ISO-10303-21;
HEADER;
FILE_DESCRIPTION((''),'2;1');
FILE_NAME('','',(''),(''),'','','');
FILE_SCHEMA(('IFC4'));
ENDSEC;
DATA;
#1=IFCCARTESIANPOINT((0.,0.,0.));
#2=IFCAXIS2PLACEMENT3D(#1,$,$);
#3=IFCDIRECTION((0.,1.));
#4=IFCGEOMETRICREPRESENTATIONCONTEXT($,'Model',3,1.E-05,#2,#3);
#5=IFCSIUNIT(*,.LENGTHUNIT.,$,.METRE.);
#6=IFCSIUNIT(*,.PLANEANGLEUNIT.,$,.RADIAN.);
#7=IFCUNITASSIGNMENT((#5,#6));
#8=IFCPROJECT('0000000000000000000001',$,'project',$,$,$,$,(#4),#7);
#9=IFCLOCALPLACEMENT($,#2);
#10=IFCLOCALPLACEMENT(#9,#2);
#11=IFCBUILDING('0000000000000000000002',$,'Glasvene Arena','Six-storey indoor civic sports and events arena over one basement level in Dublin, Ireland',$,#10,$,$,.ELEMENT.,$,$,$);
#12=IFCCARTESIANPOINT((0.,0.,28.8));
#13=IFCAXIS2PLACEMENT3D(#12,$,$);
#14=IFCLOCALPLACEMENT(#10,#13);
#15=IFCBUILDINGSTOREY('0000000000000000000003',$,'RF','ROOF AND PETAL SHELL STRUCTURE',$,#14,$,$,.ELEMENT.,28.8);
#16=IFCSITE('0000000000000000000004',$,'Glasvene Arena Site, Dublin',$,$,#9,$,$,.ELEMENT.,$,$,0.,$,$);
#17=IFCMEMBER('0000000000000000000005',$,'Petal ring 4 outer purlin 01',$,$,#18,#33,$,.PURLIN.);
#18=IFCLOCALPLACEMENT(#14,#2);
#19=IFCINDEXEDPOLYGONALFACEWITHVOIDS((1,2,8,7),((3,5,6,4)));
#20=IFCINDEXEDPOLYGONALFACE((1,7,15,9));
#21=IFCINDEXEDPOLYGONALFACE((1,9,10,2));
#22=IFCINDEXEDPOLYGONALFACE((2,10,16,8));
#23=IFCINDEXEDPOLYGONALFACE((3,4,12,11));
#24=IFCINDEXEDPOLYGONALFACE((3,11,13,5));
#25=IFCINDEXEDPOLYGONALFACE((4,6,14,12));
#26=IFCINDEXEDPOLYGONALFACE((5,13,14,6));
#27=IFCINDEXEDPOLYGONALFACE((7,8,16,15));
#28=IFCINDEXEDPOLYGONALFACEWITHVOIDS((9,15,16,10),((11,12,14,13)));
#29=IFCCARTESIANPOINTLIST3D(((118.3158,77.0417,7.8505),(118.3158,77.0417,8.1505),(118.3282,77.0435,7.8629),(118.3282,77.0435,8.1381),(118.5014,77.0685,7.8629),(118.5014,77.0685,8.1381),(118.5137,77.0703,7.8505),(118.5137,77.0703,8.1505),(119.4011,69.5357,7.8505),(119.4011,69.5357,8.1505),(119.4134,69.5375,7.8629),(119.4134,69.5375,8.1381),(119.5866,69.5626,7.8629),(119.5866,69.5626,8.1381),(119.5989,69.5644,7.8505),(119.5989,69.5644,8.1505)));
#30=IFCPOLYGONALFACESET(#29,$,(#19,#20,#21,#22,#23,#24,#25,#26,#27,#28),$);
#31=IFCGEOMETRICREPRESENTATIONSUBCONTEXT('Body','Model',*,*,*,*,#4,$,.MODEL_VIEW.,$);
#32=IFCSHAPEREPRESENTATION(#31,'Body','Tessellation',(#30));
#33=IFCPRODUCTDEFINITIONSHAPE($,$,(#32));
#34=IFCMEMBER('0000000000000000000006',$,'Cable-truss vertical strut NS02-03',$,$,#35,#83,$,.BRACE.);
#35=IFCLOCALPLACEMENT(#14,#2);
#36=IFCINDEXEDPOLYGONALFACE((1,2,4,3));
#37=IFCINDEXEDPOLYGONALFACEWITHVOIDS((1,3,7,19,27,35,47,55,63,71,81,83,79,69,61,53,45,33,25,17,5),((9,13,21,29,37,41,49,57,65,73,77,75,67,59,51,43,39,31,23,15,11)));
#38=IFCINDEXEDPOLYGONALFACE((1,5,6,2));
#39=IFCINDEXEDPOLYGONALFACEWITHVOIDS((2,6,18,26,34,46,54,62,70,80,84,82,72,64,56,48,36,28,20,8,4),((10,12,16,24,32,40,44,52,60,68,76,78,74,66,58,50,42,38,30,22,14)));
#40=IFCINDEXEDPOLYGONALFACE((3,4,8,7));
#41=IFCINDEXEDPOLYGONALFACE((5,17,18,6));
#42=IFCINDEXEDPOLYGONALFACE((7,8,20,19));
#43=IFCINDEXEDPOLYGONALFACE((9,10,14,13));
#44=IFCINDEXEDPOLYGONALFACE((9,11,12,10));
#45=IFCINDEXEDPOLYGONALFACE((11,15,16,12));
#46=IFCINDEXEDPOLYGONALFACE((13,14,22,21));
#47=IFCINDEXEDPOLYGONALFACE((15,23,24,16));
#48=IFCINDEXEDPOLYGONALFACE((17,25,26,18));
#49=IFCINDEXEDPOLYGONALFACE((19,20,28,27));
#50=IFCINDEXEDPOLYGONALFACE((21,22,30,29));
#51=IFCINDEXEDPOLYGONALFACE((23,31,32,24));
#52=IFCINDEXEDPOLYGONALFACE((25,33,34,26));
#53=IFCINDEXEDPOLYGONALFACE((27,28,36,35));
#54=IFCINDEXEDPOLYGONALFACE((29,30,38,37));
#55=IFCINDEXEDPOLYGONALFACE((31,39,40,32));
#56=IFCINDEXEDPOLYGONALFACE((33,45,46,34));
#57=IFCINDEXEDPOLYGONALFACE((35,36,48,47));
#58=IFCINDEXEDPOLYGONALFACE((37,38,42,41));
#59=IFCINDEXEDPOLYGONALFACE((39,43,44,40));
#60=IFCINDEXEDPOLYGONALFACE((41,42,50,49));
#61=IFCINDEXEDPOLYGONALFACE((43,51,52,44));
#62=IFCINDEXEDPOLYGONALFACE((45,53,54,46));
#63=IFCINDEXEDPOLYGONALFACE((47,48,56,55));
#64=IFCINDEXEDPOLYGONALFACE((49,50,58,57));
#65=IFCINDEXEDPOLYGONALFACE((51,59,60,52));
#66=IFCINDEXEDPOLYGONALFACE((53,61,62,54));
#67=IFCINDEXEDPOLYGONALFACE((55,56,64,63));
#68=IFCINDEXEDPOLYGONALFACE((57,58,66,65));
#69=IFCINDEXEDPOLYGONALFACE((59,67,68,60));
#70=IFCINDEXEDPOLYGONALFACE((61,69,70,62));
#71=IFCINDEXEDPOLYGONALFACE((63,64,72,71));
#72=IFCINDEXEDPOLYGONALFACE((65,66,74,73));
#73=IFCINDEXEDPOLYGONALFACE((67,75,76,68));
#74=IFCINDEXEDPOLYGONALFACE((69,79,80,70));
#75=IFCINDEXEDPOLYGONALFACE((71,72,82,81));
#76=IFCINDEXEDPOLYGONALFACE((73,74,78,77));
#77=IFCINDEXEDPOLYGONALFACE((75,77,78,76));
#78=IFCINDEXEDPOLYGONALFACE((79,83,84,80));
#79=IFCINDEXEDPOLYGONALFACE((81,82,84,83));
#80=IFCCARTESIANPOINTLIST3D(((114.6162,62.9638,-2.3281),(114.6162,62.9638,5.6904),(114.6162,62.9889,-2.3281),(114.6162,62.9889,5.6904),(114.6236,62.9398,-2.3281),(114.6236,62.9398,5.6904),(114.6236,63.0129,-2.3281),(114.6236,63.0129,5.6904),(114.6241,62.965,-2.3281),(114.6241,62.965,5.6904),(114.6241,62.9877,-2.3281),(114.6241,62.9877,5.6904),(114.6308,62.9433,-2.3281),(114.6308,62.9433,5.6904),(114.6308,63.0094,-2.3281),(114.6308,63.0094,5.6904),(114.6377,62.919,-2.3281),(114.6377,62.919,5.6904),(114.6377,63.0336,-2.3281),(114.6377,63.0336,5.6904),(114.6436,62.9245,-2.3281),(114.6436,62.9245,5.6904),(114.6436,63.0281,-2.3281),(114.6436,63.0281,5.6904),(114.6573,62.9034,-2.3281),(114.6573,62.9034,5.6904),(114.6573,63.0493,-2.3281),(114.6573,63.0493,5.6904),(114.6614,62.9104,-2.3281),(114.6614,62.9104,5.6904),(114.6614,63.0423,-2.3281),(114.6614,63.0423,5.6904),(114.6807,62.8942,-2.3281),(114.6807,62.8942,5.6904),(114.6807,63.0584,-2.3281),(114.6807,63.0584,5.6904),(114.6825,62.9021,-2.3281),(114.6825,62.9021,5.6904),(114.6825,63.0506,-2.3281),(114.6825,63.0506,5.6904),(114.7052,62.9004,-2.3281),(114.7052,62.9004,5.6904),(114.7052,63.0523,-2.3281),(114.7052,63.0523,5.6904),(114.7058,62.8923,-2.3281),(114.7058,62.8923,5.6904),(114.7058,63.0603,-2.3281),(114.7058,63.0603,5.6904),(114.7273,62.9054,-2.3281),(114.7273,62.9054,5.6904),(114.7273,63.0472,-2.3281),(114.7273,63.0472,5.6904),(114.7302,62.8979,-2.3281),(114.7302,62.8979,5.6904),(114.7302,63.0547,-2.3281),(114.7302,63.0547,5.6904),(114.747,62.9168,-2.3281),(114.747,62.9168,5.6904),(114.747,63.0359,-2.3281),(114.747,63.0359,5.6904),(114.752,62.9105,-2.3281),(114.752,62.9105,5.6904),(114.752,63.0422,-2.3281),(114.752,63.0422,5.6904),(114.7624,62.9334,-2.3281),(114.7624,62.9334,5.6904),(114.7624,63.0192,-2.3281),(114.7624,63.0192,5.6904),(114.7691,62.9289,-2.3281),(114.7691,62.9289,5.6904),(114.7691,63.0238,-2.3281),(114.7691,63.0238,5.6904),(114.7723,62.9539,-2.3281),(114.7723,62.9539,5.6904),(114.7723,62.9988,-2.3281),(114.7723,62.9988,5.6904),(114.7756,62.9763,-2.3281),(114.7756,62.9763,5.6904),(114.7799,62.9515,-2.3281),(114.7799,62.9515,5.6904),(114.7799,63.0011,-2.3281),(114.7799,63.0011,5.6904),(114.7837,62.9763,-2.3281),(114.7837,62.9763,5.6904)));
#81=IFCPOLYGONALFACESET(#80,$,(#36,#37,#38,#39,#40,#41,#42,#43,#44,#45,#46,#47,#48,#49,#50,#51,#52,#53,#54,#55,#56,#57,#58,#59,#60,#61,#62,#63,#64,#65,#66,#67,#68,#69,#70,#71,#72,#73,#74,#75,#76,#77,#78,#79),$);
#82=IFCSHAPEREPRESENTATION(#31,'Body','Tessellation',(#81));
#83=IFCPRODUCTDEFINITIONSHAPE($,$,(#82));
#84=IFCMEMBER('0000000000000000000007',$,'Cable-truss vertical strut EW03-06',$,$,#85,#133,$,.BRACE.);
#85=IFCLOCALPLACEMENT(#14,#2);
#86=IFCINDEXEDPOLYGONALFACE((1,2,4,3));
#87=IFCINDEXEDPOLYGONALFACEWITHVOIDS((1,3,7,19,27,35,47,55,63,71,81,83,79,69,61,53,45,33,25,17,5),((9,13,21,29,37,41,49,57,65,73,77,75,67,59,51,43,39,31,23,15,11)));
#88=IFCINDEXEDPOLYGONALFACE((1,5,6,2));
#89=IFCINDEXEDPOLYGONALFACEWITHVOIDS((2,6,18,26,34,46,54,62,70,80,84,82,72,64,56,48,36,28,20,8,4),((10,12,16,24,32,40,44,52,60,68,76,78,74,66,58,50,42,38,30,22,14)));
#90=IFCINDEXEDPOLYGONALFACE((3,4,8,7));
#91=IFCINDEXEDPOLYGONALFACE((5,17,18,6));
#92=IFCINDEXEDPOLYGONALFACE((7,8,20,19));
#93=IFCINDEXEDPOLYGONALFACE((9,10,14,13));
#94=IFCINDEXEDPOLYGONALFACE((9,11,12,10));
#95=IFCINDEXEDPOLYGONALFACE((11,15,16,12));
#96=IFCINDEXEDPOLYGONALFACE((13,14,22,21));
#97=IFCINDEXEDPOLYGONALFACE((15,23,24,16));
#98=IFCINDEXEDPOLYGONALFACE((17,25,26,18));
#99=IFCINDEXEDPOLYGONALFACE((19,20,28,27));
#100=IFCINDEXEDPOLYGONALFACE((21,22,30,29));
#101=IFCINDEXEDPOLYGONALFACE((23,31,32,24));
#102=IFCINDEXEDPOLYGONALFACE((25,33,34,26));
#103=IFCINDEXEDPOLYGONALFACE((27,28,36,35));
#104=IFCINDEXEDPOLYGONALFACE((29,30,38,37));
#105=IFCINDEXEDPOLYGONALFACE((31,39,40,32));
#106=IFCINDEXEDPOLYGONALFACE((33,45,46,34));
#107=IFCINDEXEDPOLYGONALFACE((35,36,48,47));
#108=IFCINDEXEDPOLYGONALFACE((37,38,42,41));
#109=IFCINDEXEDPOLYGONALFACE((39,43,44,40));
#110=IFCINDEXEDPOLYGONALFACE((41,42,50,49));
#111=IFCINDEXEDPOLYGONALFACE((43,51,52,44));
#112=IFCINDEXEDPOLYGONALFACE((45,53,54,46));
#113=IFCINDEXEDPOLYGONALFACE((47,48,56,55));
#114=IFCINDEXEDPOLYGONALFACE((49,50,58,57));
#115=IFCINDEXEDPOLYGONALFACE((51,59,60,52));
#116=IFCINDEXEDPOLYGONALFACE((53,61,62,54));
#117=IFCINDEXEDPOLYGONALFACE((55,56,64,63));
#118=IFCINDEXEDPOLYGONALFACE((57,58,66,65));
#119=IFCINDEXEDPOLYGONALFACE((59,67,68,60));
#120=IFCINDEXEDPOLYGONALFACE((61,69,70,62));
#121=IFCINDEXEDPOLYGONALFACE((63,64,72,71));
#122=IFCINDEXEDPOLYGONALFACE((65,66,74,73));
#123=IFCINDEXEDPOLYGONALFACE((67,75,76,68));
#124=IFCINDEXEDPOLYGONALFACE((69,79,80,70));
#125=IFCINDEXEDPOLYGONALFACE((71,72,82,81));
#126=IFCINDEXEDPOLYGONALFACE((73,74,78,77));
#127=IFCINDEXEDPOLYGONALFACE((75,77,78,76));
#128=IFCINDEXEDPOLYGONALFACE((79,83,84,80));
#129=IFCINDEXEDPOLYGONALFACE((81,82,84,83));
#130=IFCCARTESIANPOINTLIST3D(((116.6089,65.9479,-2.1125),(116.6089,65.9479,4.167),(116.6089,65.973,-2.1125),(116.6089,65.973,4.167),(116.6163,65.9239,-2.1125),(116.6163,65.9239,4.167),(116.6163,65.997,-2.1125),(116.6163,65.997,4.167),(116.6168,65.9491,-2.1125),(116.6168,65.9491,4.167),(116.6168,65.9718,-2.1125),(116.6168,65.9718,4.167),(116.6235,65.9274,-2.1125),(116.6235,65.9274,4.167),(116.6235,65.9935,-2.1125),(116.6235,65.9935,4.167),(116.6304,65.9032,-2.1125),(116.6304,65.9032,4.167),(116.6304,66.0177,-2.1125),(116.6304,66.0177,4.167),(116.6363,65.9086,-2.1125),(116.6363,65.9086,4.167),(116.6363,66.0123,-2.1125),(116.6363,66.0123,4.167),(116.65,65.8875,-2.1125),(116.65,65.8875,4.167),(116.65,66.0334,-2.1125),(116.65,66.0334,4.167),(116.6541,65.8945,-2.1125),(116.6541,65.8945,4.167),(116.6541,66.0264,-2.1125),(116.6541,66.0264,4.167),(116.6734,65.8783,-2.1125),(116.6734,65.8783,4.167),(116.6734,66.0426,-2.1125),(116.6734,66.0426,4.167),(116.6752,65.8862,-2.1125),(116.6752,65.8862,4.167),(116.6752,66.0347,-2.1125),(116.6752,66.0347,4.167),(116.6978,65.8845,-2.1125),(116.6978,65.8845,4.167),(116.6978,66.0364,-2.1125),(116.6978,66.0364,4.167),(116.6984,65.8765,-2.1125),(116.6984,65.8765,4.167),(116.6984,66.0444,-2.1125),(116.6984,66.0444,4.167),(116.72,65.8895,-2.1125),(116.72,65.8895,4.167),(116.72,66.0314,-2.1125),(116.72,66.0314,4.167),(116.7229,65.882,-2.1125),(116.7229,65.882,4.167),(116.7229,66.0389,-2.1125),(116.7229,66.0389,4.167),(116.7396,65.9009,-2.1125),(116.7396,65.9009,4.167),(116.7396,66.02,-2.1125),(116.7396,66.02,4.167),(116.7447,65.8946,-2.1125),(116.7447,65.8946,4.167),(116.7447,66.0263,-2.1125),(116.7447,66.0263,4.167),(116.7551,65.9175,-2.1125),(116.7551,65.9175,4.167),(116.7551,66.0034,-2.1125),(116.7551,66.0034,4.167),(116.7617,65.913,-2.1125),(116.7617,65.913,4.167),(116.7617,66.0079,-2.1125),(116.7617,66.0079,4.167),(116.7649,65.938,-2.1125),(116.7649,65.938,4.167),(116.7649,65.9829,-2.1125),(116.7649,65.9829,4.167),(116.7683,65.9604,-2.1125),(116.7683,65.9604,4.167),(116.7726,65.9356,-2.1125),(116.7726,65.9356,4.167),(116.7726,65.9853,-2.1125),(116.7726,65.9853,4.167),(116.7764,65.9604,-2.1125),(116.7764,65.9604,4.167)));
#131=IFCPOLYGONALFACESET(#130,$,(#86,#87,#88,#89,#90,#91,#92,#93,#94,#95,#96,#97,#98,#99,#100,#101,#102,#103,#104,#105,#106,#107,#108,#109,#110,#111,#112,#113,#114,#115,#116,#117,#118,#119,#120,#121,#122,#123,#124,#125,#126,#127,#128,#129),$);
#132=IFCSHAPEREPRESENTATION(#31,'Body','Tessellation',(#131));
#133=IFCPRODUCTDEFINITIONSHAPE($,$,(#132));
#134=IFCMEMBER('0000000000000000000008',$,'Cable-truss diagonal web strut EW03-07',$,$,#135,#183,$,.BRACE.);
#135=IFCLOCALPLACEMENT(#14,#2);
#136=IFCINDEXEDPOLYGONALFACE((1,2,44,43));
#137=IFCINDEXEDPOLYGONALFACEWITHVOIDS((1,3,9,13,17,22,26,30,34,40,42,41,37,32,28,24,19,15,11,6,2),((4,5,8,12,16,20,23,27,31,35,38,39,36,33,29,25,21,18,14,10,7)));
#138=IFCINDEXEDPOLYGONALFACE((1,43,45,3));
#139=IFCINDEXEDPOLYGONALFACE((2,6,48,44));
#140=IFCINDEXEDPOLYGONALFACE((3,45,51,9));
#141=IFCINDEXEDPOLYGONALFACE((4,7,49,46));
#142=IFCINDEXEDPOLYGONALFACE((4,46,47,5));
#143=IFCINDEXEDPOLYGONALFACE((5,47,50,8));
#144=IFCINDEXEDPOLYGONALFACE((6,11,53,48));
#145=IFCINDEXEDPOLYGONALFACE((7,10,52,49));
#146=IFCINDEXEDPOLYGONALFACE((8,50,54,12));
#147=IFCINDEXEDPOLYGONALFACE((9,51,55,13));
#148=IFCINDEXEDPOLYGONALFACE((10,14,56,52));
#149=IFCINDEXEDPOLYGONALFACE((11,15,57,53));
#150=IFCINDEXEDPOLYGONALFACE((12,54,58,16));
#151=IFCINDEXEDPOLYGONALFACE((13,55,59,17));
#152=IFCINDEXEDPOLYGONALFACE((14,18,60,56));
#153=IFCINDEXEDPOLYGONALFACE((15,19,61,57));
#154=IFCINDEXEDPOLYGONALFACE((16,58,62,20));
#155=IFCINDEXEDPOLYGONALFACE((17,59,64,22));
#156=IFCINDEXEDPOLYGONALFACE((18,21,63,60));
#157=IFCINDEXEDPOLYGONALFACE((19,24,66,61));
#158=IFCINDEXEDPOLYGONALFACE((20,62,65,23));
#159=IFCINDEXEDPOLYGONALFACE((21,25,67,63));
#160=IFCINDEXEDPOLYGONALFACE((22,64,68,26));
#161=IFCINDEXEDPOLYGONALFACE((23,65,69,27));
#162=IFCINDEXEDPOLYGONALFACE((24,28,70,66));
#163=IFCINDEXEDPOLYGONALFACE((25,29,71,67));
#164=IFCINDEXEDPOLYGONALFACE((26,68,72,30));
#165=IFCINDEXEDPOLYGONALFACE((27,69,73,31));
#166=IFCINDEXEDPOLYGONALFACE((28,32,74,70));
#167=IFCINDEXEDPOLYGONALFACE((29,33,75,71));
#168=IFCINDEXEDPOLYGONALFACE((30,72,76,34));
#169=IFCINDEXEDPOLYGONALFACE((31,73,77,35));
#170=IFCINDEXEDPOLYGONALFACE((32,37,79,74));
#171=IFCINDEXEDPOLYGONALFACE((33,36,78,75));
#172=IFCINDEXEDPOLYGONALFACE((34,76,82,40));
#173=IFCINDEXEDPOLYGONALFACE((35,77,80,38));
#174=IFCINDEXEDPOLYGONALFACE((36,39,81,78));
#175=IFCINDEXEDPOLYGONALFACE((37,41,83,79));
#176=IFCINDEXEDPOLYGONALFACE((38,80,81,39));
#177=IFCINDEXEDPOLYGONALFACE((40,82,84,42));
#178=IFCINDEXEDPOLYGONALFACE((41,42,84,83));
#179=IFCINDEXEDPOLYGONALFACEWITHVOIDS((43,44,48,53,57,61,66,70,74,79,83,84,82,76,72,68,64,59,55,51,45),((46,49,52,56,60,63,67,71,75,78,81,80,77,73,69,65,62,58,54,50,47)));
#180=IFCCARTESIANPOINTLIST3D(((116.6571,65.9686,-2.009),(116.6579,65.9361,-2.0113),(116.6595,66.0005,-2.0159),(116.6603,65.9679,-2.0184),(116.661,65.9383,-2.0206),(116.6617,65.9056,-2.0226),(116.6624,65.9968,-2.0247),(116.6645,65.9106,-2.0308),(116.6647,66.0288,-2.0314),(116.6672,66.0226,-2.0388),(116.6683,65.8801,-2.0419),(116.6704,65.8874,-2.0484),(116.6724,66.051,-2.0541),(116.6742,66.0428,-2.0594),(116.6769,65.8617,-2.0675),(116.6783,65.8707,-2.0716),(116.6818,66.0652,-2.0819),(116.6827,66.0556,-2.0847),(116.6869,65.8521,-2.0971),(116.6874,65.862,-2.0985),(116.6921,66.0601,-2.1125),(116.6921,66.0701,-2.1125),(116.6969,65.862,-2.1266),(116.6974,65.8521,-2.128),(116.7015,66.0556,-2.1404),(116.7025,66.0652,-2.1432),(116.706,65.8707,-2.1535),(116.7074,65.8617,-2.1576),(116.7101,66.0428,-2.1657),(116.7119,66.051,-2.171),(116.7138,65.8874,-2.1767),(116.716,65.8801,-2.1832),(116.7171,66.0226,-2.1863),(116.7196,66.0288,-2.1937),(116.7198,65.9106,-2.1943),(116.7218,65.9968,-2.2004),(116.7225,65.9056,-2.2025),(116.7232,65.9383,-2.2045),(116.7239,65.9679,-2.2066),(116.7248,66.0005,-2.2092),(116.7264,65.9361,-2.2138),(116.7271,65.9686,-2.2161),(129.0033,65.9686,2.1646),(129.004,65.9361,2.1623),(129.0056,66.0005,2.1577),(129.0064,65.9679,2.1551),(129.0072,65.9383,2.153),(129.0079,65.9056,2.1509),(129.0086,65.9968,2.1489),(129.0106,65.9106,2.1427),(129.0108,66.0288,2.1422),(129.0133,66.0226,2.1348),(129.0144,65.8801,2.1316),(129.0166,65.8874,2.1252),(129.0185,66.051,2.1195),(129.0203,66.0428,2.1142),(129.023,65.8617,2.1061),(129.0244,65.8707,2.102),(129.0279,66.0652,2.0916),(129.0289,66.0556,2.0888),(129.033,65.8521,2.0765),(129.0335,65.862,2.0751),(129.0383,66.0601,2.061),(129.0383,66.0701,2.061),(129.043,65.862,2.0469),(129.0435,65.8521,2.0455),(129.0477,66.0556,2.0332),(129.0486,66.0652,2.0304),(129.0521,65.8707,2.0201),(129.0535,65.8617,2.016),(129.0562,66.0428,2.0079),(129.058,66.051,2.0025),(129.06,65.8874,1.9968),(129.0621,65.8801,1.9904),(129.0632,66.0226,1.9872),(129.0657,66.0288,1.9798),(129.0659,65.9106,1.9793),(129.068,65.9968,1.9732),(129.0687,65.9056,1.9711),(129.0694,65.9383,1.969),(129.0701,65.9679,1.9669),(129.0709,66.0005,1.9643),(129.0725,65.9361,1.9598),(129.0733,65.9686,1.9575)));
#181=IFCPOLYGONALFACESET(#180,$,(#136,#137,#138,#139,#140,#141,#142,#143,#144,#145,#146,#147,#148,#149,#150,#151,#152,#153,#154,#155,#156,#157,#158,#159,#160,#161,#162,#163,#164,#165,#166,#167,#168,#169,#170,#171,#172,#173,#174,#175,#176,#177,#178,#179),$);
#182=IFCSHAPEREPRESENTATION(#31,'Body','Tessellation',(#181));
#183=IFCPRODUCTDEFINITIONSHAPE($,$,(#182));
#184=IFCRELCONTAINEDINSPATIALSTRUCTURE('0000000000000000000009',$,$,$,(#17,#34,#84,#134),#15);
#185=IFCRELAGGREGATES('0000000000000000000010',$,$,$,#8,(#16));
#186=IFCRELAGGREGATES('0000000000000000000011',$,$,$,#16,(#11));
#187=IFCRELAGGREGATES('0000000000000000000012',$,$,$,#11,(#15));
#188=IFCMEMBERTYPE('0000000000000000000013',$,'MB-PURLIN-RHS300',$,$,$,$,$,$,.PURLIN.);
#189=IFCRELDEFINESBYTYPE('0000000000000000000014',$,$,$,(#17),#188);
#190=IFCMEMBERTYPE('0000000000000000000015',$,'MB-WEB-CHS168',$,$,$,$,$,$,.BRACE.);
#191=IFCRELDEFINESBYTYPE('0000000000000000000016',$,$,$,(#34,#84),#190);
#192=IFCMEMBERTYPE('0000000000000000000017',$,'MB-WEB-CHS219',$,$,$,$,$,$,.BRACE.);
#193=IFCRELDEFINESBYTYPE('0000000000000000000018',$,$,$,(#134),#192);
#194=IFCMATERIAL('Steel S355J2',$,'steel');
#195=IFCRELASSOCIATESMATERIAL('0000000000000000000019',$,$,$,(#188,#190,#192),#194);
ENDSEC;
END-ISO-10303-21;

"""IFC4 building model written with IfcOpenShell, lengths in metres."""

from ifc_helpers import new_model, si_unit, direction, frame, origin, origin_2d, place, context, subcontext, project, spatial, hollow_rectangle, hollow_circle, extrude, material, material_profile, profile_set, type_object, element, save


model = new_model("IFC4")

# Units and contexts
model_context = context("Model", 3, precision=1e-05, world=origin(), true_north=direction((0.0, 1.0)))
body_context = subcontext(model_context, "Body", "Model", "MODEL_VIEW")
ifc_project = project(units=[si_unit("LENGTHUNIT", "METRE"), si_unit("PLANEANGLEUNIT", "RADIAN")], contexts=[model_context])

# Site, building, storey
site_placement = place(None, origin())
site = spatial("IfcSite", under=ifc_project, at=site_placement, Name="Glasvene Arena Site, Dublin", CompositionType="ELEMENT", RefElevation=0.0)
building_placement = place(site_placement, origin())
building = spatial("IfcBuilding", under=site, at=building_placement, Name="Glasvene Arena", Description="Six-storey indoor civic sports and events arena over one basement level in Dublin, Ireland", CompositionType="ELEMENT")
storey_placement = place(building_placement, frame((0.0, 0.0, 28.8)))
storey = spatial("IfcBuildingStorey", under=building, at=storey_placement, Name="RF", Description="ROOF AND PETAL SHELL STRUCTURE", CompositionType="ELEMENT", Elevation=28.8)

# Members
ifc_material_1 = material(Name="Steel S355J2", Category="steel")
ifc_material_profile_1 = material_profile(ifc_material_1, hollow_rectangle(XDim=0.2, YDim=0.3, WallThickness=0.0125, at=origin_2d()), Name="RHS 300x200x12.5")
ifc_profile_set_1 = profile_set([ifc_material_profile_1], Name="Steel S355J2")
member_type_1 = type_object("IfcMemberType", Name="MB-PURLIN-RHS300", PredefinedType="PURLIN", material=ifc_profile_set_1)
member_1_placement = place(storey_placement, frame((119.5, 69.55, 8.0005), z_axis=(-0.143093, 0.989709, 0.0), x_axis=(-0.989709, -0.143093, 0.0)))
element("IfcMember", 1, at=member_1_placement, inside=storey, type_object=member_type_1, Name="Petal ring 4 outer purlin 01", PredefinedType="PURLIN", context=body_context, shape_type="SweptSolid", body=[
    extrude(hollow_rectangle(XDim=0.2, YDim=0.3, WallThickness=0.0125, at=origin_2d()), origin(), (0.0, 0.0, 1.0), 7.584),
])
ifc_material_profile_2 = material_profile(ifc_material_1, hollow_circle(Radius=0.0842, WallThickness=0.0081, at=origin_2d()), Name="CHS 168.3x8.0")
ifc_profile_set_2 = profile_set([ifc_material_profile_2], Name="Steel S355J2")
member_type_2 = type_object("IfcMemberType", Name="MB-WEB-CHS168", PredefinedType="BRACE", material=ifc_profile_set_2)
member_2_placement = place(storey_placement, frame((114.6995, 62.9763, -2.3281), z_axis=(0.0, 0.0, 1.0), x_axis=(1.0, 0.0, 0.0)))
element("IfcMember", 2, at=member_2_placement, inside=storey, type_object=member_type_2, Name="Cable-truss vertical strut NS02-03", PredefinedType="BRACE", context=body_context, shape_type="SweptSolid", body=[
    extrude(hollow_circle(Radius=0.0842, WallThickness=0.0081, at=origin_2d()), origin(), (0.0, 0.0, 1.0), 8.0186),
])
member_3_placement = place(storey_placement, frame((116.6921, 65.9604, -2.1125), z_axis=(0.0, 0.0, 1.0), x_axis=(1.0, 0.0, 0.0)))
element("IfcMember", 3, at=member_3_placement, inside=storey, type_object=member_type_2, Name="Cable-truss vertical strut EW03-06", PredefinedType="BRACE", context=body_context, shape_type="SweptSolid", body=[
    extrude(hollow_circle(Radius=0.0842, WallThickness=0.0081, at=origin_2d()), origin(), (0.0, 0.0, 1.0), 6.2795),
])
ifc_material_profile_3 = material_profile(ifc_material_1, hollow_circle(Radius=0.1096, WallThickness=0.01, at=origin_2d()), Name="CHS 219.1x10.0")
ifc_profile_set_3 = profile_set([ifc_material_profile_3], Name="Steel S355J2")
member_type_3 = type_object("IfcMemberType", Name="MB-WEB-CHS219", PredefinedType="BRACE", material=ifc_profile_set_3)
member_4_placement = place(storey_placement, frame((116.6921, 65.9604, -2.1125), z_axis=(0.947335, 0.0, 0.320243), x_axis=(0.0, 1.0, 0.0)))
element("IfcMember", 4, at=member_4_placement, inside=storey, type_object=member_type_3, Name="Cable-truss diagonal web strut EW03-07", PredefinedType="BRACE", context=body_context, shape_type="SweptSolid", body=[
    extrude(hollow_circle(Radius=0.1096, WallThickness=0.01, at=origin_2d()), origin(), (0.0, 0.0, 1.0), 13.0325),
])

save(model, "model.ifc")
